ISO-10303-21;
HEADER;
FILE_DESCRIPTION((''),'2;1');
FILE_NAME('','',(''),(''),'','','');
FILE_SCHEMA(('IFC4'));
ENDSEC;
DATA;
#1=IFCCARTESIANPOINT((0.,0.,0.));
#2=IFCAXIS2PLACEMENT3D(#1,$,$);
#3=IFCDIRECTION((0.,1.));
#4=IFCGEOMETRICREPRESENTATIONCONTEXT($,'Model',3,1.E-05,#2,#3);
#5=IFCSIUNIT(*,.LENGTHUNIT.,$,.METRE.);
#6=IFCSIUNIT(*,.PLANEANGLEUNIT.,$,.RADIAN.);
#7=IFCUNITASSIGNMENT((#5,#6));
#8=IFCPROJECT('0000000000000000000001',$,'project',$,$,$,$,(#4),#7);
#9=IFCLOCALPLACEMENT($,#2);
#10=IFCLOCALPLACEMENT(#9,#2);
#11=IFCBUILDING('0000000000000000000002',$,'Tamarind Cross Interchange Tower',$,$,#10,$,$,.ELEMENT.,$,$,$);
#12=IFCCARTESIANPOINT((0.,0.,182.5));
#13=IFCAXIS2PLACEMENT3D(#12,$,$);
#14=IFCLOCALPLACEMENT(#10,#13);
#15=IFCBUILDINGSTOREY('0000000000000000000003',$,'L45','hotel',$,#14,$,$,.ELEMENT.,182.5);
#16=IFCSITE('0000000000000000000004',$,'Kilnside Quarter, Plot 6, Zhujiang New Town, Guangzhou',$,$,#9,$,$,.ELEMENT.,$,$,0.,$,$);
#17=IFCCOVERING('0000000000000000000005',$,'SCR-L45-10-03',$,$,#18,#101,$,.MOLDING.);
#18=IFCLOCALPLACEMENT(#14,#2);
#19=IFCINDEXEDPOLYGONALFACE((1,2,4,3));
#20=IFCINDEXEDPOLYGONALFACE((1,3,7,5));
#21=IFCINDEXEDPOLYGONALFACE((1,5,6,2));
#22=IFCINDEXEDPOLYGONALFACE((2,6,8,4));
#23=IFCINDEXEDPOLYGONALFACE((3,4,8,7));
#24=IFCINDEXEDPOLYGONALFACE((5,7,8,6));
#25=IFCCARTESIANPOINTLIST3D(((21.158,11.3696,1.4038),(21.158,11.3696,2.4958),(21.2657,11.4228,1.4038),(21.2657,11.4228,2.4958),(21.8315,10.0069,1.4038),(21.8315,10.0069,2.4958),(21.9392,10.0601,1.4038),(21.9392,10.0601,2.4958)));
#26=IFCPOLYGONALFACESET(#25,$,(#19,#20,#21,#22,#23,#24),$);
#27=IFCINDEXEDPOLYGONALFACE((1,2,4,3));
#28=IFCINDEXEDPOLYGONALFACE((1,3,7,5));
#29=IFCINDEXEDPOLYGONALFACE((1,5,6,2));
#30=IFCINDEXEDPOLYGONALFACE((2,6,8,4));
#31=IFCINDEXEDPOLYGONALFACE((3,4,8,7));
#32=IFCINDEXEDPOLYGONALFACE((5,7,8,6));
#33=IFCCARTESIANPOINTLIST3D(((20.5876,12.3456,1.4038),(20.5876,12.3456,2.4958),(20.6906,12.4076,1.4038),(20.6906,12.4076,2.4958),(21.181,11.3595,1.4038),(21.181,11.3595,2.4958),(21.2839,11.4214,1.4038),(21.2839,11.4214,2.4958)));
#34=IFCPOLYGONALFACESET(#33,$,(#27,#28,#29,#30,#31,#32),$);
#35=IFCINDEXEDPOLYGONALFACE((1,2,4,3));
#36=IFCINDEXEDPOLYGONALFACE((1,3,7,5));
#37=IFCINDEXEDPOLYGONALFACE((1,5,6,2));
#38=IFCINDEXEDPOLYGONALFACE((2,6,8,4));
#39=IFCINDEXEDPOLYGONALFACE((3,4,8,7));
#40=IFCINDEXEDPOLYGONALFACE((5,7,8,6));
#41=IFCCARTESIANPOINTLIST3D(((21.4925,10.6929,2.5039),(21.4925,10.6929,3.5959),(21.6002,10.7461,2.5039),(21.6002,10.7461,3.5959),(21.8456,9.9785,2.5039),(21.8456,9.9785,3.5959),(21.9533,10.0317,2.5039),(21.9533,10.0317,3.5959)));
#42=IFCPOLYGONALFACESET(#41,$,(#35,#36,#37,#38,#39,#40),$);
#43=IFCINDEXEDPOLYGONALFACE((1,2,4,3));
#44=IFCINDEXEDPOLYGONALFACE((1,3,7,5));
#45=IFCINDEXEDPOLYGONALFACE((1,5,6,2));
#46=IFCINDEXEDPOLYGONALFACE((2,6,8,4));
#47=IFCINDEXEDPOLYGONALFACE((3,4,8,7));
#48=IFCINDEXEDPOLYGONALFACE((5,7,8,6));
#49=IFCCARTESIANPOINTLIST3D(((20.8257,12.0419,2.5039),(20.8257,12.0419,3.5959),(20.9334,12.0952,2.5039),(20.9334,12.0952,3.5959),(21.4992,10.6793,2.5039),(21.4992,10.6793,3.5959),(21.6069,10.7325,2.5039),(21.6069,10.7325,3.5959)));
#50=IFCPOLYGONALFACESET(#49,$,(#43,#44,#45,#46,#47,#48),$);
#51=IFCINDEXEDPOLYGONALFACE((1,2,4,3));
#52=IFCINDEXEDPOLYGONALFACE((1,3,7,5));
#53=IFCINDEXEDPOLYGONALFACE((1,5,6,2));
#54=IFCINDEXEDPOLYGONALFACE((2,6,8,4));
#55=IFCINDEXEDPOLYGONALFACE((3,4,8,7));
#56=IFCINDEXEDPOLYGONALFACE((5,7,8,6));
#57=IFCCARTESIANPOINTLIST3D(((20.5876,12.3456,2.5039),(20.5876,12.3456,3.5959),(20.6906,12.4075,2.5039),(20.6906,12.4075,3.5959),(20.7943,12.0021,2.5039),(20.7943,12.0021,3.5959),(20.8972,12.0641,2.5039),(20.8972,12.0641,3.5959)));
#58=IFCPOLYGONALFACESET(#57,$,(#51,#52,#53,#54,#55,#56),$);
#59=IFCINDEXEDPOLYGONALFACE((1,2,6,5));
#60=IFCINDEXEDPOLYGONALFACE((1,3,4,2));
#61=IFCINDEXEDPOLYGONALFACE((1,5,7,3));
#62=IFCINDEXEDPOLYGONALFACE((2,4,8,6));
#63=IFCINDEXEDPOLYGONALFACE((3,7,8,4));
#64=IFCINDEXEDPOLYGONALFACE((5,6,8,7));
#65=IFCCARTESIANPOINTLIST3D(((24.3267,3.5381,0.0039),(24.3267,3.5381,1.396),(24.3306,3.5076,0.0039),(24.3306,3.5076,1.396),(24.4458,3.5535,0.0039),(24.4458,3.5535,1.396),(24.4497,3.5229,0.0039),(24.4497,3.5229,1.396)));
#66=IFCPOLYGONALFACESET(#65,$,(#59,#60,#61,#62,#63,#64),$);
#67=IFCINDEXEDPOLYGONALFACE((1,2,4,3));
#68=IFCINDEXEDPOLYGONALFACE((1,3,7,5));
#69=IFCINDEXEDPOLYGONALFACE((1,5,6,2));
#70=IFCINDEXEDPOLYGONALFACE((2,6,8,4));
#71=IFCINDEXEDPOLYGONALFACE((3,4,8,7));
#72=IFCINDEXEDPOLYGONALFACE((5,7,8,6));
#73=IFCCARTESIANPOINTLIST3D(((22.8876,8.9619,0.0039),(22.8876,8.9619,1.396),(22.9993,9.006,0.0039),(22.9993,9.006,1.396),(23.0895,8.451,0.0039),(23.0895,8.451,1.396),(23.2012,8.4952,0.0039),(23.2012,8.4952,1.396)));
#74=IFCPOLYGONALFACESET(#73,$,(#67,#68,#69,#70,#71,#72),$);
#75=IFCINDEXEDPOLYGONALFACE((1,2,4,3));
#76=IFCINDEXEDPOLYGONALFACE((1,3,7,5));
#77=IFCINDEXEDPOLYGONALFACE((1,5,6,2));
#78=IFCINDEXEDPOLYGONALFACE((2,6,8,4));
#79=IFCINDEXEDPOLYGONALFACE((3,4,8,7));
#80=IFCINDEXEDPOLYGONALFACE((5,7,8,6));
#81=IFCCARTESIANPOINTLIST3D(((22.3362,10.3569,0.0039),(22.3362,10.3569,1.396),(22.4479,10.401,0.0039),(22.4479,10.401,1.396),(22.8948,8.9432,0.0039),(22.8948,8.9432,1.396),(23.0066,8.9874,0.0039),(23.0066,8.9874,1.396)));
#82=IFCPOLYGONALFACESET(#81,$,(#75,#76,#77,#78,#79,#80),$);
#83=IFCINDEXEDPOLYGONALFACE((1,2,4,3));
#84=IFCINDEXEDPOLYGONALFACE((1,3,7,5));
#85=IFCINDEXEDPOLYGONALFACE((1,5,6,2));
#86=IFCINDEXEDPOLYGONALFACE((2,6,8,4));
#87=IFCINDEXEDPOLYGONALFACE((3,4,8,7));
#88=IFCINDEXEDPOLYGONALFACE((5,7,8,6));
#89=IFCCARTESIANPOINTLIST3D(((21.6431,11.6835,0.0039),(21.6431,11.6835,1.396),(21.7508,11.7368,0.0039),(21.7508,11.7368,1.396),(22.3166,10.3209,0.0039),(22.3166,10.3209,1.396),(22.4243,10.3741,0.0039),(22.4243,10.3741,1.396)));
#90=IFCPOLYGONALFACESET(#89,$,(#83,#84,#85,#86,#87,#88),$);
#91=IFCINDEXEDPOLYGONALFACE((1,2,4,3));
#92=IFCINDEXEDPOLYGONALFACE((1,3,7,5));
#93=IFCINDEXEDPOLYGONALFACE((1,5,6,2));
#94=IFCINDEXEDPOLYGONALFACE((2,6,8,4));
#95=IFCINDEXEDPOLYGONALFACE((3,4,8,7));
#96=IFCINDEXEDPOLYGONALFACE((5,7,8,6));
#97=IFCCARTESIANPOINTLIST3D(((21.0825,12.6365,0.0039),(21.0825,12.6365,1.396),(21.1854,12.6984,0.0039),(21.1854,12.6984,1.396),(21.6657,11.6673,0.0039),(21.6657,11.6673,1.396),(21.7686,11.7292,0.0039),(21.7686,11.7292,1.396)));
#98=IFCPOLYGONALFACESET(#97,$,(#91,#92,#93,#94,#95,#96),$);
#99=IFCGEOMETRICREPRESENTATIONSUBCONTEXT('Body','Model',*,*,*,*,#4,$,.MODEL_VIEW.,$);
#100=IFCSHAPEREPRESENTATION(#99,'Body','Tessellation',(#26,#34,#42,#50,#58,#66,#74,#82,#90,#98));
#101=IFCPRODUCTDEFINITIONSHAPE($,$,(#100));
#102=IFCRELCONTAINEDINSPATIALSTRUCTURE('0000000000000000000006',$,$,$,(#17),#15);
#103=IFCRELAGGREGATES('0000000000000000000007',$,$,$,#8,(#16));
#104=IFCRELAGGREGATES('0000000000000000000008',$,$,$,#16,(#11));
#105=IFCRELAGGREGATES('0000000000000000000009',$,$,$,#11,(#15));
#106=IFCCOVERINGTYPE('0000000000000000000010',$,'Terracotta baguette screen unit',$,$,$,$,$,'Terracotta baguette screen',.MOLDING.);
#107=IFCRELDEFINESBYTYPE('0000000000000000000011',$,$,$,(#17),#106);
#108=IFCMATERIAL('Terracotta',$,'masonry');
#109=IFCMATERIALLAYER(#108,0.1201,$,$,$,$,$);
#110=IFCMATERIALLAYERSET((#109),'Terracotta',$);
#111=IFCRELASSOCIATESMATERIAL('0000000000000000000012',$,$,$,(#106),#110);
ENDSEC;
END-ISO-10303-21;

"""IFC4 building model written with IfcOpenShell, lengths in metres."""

from ifc_helpers import new_model, si_unit, direction, frame, origin, origin_2d, place, context, subcontext, project, spatial, rectangle, extrude, material, layer, layer_set, type_object, element, save


model = new_model("IFC4")

# Units and contexts
model_context = context("Model", 3, precision=1e-05, world=origin(), true_north=direction((0.0, 1.0)))
body_context = subcontext(model_context, "Body", "Model", "MODEL_VIEW")
ifc_project = project(units=[si_unit("LENGTHUNIT", "METRE"), si_unit("PLANEANGLEUNIT", "RADIAN")], contexts=[model_context])

# Site, building, storey
site_placement = place(None, origin())
site = spatial("IfcSite", under=ifc_project, at=site_placement, Name="Kilnside Quarter, Plot 6, Zhujiang New Town, Guangzhou", CompositionType="ELEMENT", RefElevation=0.0)
building_placement = place(site_placement, origin())
building = spatial("IfcBuilding", under=site, at=building_placement, Name="Tamarind Cross Interchange Tower", CompositionType="ELEMENT")
storey_placement = place(building_placement, frame((0.0, 0.0, 182.5)))
storey = spatial("IfcBuildingStorey", under=building, at=storey_placement, Name="L45", Description="hotel", CompositionType="ELEMENT", Elevation=182.5)

# Covering
ifc_material_1 = material(Name="Terracotta", Category="masonry")
ifc_layer_1 = layer(ifc_material_1, 0.1201)
ifc_layer_set_1 = layer_set([ifc_layer_1], Name="Terracotta")
covering_type = type_object("IfcCoveringType", Name="Terracotta baguette screen unit", ElementType="Terracotta baguette screen", PredefinedType="MOLDING", material=ifc_layer_set_1)
covering_1_placement = place(storey_placement, origin())
element("IfcCovering", 1, at=covering_1_placement, inside=storey, type_object=covering_type, Name="SCR-L45-10-03", PredefinedType="MOLDING", context=body_context, shape_type="SweptSolid", body=[
    extrude(rectangle(XDim=1.52, YDim=0.1201, at=origin_2d()), frame((21.5486, 10.7148, 1.4038), z_axis=(0.0, 0.0, 1.0), x_axis=(-0.443059, 0.896493, 0.0)), (0.0, 0.0, 1.0), 1.092),
    extrude(rectangle(XDim=1.1509, YDim=0.1201, at=origin_2d()), frame((20.9358, 11.8835, 1.4038), z_axis=(0.0, 0.0, 1.0), x_axis=(-0.515577, 0.856843, 0.0)), (0.0, 0.0, 1.0), 1.092),
    extrude(rectangle(XDim=0.7969, YDim=0.1201, at=origin_2d()), frame((21.7229, 10.3623, 2.5039), z_axis=(0.0, 0.0, 1.0), x_axis=(-0.443059, 0.896493, 0.0)), (0.0, 0.0, 1.0), 1.092),
    extrude(rectangle(XDim=1.52, YDim=0.1201, at=origin_2d()), frame((21.2163, 11.3872, 2.5039), z_axis=(0.0, 0.0, 1.0), x_axis=(-0.443059, 0.896493, 0.0)), (0.0, 0.0, 1.0), 1.092),
    extrude(rectangle(XDim=0.4009, YDim=0.1201, at=origin_2d()), frame((20.7424, 12.2048, 2.5039), z_axis=(0.0, 0.0, 1.0), x_axis=(-0.515577, 0.856843, 0.0)), (0.0, 0.0, 1.0), 1.092),
    extrude(rectangle(XDim=0.0308, YDim=0.1201, at=origin_2d()), frame((24.3882, 3.5305, 0.0039), z_axis=(0.0, 0.0, 1.0), x_axis=(-0.127962, 0.991779, 0.0)), (0.0, 0.0, 1.0), 1.3921),
    extrude(rectangle(XDim=0.5493, YDim=0.1201, at=origin_2d()), frame((23.0444, 8.7285, 0.0039), z_axis=(0.0, 0.0, 1.0), x_axis=(-0.367514, 0.930018, 0.0)), (0.0, 0.0, 1.0), 1.3921),
    extrude(rectangle(XDim=1.52, YDim=0.1201, at=origin_2d()), frame((22.6714, 9.6721, 0.0039), z_axis=(0.0, 0.0, 1.0), x_axis=(-0.367514, 0.930018, 0.0)), (0.0, 0.0, 1.0), 1.3921),
    extrude(rectangle(XDim=1.52, YDim=0.1201, at=origin_2d()), frame((22.0337, 11.0288, 0.0039), z_axis=(0.0, 0.0, 1.0), x_axis=(-0.443059, 0.896493, 0.0)), (0.0, 0.0, 1.0), 1.3921),
    extrude(rectangle(XDim=1.1311, YDim=0.1201, at=origin_2d()), frame((21.4255, 12.1829, 0.0039), z_axis=(0.0, 0.0, 1.0), x_axis=(-0.515577, 0.856843, 0.0)), (0.0, 0.0, 1.0), 1.3921),
])

save(model, "model.ifc")
